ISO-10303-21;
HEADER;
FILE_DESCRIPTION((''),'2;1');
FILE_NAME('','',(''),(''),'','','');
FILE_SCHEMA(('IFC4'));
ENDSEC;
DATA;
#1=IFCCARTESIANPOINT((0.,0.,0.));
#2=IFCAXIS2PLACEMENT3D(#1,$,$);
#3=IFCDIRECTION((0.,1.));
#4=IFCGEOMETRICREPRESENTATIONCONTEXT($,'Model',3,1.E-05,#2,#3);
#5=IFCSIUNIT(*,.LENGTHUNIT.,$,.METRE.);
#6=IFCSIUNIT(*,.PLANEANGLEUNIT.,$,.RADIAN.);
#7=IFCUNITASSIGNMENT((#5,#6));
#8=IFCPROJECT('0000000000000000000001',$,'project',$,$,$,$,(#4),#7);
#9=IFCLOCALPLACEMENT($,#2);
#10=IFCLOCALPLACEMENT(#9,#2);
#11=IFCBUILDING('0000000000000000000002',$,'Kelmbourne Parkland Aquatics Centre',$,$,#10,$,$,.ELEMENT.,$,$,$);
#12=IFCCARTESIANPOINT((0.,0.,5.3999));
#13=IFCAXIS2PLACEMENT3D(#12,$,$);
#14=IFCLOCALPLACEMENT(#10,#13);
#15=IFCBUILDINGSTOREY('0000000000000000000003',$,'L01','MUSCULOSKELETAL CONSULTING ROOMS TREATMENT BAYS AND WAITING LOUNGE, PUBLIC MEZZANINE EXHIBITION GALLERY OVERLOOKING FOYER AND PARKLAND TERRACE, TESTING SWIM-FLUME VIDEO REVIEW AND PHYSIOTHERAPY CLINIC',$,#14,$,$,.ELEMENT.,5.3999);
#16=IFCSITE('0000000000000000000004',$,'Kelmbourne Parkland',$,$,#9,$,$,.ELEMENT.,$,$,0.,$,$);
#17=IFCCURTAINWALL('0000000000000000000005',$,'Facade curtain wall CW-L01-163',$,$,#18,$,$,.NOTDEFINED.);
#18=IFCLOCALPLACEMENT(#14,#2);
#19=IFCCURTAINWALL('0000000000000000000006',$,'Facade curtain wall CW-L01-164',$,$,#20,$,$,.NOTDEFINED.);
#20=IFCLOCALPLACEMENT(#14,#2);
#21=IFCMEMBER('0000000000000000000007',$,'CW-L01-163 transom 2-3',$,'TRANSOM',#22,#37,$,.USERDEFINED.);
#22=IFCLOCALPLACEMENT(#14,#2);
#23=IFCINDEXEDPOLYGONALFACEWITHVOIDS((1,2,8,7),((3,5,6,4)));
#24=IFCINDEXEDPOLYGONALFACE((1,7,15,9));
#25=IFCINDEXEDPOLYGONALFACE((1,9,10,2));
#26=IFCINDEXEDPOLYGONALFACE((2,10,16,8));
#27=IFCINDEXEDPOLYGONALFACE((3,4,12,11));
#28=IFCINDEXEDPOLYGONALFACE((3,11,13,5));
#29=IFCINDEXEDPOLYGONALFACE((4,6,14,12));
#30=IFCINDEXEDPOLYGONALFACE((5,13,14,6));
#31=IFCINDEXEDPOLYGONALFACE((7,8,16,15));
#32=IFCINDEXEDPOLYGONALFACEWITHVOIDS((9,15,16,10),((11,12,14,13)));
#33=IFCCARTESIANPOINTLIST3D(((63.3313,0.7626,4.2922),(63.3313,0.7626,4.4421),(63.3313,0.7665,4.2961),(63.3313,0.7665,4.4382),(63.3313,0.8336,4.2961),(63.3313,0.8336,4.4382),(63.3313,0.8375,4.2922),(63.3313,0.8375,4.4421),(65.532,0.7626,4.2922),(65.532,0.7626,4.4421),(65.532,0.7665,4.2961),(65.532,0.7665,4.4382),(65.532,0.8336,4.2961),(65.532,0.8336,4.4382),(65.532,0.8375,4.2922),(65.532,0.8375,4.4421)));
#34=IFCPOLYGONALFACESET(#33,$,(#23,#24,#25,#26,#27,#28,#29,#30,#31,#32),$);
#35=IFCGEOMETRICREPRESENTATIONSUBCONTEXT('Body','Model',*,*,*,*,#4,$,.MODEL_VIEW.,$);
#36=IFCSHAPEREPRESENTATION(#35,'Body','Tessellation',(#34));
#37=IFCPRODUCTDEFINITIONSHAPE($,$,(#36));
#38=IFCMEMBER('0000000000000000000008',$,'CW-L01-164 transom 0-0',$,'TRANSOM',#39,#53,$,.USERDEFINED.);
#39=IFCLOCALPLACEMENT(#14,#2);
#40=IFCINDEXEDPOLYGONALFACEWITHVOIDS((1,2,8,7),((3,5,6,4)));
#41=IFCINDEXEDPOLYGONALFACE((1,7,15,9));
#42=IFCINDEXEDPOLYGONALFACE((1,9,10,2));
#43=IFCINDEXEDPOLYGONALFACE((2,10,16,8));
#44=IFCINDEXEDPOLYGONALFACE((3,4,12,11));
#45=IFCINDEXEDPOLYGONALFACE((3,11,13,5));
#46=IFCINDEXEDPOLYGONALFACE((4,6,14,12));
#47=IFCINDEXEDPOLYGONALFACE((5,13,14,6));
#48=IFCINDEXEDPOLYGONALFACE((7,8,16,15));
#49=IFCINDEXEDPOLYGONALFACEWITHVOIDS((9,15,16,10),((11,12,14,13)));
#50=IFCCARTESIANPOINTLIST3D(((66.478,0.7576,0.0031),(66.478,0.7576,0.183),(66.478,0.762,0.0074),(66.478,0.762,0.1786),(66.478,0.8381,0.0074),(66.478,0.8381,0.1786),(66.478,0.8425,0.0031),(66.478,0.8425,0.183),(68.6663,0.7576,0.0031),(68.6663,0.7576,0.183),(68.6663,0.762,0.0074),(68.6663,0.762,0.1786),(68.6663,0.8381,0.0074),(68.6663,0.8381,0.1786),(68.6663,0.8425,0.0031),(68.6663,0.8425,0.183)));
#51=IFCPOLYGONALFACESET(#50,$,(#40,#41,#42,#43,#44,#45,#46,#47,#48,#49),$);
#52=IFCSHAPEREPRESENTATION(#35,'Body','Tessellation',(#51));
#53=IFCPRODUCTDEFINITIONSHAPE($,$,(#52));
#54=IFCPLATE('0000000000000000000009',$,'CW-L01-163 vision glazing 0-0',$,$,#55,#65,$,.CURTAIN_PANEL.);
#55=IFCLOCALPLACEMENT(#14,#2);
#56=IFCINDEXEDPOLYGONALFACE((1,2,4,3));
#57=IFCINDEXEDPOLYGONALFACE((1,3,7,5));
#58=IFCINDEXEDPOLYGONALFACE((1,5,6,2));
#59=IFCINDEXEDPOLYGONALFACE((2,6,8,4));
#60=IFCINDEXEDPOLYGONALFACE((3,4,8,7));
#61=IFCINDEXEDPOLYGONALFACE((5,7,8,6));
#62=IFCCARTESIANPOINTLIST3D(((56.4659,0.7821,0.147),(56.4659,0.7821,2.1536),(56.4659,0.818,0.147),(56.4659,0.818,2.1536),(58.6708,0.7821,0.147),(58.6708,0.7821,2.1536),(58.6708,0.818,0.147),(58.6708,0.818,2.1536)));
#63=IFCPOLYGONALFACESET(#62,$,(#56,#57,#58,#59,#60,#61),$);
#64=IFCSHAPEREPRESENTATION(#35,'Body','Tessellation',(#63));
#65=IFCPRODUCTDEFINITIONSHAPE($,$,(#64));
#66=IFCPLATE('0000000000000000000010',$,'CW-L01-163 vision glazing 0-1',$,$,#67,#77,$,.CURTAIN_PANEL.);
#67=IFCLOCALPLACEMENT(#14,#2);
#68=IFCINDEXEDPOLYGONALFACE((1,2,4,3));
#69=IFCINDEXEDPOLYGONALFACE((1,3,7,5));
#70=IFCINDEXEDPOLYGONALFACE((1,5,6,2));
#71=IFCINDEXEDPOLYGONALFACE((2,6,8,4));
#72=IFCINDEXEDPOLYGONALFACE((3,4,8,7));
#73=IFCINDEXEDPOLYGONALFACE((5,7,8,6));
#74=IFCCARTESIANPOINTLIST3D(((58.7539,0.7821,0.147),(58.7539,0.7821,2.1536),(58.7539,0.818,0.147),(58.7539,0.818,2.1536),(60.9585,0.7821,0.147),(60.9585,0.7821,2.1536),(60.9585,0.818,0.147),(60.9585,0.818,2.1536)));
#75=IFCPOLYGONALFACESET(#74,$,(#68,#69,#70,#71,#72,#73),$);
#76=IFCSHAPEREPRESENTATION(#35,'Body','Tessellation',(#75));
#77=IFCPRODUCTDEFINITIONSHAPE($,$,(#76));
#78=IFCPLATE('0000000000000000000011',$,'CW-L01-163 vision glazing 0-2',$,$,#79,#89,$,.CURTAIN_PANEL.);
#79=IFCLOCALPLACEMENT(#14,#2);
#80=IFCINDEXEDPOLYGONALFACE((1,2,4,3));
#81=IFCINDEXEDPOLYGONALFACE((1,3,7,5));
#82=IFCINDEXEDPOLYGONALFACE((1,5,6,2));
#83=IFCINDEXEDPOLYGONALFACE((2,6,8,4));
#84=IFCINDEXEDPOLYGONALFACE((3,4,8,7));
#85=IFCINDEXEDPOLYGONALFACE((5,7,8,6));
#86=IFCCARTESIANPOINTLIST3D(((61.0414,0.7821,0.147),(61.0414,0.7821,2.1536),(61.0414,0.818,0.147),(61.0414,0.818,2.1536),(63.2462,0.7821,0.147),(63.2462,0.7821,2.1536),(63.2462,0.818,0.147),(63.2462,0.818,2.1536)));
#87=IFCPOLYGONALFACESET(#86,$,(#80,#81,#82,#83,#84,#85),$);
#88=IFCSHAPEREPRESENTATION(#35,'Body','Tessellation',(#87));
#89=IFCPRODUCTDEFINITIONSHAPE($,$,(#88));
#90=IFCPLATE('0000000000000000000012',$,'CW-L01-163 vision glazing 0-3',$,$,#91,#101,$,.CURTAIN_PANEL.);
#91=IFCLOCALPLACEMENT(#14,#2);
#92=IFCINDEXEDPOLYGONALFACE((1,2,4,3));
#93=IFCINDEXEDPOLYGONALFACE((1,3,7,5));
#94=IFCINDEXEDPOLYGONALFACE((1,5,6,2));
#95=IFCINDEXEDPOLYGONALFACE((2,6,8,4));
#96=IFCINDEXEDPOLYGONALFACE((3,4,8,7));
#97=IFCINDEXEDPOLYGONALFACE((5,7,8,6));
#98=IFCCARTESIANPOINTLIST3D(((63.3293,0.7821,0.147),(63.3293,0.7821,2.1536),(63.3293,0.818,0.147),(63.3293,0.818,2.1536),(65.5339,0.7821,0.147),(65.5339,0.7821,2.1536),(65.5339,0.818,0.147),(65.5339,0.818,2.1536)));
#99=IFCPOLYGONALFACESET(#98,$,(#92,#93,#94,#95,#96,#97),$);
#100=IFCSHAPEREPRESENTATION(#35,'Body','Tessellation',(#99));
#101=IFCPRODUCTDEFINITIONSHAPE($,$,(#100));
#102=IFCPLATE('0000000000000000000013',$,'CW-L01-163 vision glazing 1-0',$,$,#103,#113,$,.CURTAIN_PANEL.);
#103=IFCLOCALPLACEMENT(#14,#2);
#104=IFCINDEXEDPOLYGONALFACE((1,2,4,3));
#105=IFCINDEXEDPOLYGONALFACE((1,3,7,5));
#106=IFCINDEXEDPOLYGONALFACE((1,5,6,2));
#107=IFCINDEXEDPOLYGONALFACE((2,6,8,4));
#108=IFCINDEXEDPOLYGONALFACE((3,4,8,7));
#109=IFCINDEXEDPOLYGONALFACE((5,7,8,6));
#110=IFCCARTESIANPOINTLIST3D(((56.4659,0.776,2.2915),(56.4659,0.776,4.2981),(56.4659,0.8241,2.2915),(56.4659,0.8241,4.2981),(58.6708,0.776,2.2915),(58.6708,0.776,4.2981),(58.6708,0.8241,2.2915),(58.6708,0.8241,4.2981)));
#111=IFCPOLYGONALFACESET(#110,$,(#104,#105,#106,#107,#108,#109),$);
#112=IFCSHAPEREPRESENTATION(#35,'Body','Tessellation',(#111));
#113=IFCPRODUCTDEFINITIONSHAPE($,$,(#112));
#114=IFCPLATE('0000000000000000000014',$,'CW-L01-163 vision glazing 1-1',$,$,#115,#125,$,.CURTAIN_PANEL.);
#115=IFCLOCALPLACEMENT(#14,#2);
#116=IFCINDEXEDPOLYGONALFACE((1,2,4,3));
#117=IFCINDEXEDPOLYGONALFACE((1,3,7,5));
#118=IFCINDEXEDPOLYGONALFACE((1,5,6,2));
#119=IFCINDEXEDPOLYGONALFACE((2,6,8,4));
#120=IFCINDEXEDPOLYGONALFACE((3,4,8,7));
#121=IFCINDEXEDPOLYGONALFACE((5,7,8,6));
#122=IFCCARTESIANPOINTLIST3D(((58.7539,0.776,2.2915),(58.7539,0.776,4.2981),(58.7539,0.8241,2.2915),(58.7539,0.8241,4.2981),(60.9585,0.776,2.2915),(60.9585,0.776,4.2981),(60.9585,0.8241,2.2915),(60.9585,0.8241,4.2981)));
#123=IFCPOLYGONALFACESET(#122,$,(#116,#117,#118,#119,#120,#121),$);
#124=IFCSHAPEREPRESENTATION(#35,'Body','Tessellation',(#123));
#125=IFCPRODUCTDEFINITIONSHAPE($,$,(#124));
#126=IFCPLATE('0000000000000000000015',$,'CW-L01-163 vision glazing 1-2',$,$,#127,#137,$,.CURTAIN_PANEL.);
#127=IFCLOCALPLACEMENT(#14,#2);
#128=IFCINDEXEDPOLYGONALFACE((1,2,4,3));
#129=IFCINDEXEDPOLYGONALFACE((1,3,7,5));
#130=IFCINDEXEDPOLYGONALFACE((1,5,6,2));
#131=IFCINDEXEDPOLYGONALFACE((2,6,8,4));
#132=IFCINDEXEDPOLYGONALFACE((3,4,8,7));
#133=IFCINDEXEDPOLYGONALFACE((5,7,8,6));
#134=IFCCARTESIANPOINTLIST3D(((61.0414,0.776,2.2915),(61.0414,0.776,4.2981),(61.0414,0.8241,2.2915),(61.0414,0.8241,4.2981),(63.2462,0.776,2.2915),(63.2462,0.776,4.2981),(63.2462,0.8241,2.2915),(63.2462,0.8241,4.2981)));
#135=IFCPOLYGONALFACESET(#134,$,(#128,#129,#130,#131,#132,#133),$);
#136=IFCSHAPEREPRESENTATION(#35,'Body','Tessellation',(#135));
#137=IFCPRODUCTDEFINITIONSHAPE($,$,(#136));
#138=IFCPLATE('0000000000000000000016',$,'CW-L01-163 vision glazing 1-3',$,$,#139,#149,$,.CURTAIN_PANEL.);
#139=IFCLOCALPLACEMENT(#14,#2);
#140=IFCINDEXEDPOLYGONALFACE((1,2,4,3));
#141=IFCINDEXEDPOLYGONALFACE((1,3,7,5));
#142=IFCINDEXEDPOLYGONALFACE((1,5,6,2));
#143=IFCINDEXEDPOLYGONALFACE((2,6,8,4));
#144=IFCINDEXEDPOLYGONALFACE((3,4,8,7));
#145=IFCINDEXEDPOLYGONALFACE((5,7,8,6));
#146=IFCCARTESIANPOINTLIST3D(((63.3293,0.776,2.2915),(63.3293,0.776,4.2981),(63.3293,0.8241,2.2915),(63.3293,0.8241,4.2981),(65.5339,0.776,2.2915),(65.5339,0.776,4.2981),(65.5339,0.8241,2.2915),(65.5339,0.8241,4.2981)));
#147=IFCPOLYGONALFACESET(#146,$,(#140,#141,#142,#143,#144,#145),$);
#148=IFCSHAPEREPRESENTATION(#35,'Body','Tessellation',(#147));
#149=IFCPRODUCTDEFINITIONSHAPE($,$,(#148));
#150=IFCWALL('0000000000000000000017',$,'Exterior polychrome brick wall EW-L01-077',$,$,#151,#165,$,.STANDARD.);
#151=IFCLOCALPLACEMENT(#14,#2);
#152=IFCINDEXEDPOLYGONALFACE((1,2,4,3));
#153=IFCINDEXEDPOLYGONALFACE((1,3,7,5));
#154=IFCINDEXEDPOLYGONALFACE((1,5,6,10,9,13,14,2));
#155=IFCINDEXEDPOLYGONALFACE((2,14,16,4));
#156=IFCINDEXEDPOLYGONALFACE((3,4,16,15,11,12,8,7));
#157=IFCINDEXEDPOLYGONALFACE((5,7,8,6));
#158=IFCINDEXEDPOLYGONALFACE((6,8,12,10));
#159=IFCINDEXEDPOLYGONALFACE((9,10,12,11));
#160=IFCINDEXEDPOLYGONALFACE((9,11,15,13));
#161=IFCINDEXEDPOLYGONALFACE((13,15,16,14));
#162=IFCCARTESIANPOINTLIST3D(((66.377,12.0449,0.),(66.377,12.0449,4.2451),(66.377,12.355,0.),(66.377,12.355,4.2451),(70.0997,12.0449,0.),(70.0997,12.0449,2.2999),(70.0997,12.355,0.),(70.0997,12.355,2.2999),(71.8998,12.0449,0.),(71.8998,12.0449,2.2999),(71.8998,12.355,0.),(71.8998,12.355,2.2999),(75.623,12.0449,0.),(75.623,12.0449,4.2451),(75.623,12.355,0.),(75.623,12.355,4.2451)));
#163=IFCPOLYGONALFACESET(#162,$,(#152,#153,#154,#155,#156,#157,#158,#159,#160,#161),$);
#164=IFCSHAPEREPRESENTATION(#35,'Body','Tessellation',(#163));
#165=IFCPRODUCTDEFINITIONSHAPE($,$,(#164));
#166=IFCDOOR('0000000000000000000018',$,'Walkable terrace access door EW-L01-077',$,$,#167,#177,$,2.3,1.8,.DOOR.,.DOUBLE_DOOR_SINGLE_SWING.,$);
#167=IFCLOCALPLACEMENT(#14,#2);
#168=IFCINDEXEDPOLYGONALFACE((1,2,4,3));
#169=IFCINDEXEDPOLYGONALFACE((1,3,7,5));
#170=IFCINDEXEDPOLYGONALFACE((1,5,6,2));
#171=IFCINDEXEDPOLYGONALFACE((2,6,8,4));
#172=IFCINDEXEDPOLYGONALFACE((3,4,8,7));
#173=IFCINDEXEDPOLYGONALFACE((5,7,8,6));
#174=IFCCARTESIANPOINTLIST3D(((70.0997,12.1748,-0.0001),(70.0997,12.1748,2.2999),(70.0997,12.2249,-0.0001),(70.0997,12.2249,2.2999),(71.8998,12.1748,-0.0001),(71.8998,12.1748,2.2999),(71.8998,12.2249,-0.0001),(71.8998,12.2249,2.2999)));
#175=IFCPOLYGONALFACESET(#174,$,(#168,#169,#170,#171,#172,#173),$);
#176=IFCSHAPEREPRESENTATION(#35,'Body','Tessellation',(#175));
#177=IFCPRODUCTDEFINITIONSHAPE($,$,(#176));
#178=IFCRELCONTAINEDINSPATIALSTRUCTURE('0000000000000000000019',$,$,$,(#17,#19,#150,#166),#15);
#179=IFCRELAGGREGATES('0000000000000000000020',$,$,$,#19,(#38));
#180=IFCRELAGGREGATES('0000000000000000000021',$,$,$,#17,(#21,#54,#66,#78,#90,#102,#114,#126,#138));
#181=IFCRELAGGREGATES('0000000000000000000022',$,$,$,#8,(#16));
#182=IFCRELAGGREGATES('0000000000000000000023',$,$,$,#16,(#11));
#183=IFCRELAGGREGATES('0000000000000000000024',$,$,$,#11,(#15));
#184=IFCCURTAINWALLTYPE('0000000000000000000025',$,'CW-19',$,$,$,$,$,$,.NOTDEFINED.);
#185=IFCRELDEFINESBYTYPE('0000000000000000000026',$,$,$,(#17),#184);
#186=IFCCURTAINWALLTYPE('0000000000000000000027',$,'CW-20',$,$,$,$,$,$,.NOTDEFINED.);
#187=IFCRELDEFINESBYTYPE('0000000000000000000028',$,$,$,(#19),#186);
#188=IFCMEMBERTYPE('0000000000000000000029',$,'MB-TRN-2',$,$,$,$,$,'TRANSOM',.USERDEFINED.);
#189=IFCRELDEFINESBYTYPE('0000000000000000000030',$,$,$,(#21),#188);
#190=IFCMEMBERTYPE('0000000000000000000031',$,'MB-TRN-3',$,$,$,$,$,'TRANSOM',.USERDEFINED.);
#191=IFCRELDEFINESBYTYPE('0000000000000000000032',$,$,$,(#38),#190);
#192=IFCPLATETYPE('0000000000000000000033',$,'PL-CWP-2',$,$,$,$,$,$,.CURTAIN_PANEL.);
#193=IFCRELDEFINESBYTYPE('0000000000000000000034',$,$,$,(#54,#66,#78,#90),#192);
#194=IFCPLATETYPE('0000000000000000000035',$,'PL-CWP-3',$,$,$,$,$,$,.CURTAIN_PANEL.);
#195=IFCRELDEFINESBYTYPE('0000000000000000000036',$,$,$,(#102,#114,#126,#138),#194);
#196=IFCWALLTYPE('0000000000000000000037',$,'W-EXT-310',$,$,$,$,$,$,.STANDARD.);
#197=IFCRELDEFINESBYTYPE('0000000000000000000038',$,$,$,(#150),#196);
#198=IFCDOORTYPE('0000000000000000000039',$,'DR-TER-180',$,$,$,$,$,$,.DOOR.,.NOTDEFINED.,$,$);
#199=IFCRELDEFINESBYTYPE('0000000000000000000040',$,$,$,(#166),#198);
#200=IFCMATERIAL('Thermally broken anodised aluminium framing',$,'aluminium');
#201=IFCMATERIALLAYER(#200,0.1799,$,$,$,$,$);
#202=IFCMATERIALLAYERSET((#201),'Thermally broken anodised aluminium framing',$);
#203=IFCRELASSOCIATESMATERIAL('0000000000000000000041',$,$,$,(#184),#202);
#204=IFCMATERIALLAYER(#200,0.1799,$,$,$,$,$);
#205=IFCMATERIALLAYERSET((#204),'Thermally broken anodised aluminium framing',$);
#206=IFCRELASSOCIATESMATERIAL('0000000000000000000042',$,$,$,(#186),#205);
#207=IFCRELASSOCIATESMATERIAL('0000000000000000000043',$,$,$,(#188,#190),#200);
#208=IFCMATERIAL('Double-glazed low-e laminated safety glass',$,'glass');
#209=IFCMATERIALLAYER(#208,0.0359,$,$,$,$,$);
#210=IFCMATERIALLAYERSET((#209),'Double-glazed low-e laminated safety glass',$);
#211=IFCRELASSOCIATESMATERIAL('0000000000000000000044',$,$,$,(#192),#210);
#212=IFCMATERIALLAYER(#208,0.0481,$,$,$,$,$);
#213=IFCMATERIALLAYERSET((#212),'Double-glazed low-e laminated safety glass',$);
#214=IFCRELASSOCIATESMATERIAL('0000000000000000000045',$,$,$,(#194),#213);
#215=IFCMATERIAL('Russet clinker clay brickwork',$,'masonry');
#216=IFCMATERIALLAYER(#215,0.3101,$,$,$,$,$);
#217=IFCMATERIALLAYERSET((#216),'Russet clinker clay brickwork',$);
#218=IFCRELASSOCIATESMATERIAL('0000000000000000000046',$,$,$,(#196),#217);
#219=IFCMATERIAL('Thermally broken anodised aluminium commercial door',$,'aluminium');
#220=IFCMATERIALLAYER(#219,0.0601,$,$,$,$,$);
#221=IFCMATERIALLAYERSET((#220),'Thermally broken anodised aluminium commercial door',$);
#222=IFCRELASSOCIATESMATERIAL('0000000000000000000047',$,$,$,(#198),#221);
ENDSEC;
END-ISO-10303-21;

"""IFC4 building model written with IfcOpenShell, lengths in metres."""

from ifc_helpers import new_model, si_unit, direction, frame, frame_2d, origin, origin_2d, place, context, subcontext, project, spatial, rectangle, hollow_rectangle, extrude, material, layer, layer_set, material_profile, profile_set, type_object, element, fill, aggregate, save


model = new_model("IFC4")

# Units and contexts
model_context = context("Model", 3, precision=1e-05, world=origin(), true_north=direction((0.0, 1.0)))
body_context = subcontext(model_context, "Body", "Model", "MODEL_VIEW")
ifc_project = project(units=[si_unit("LENGTHUNIT", "METRE"), si_unit("PLANEANGLEUNIT", "RADIAN")], contexts=[model_context])

# Site, building, storey
site_placement = place(None, origin())
site = spatial("IfcSite", under=ifc_project, at=site_placement, Name="Kelmbourne Parkland", CompositionType="ELEMENT", RefElevation=0.0)
building_placement = place(site_placement, origin())
building = spatial("IfcBuilding", under=site, at=building_placement, Name="Kelmbourne Parkland Aquatics Centre", CompositionType="ELEMENT")
storey_placement = place(building_placement, frame((0.0, 0.0, 5.3999)))
storey = spatial("IfcBuildingStorey", under=building, at=storey_placement, Name="L01", Description="MUSCULOSKELETAL CONSULTING ROOMS TREATMENT BAYS AND WAITING LOUNGE, PUBLIC MEZZANINE EXHIBITION GALLERY OVERLOOKING FOYER AND PARKLAND TERRACE, TESTING SWIM-FLUME VIDEO REVIEW AND PHYSIOTHERAPY CLINIC", CompositionType="ELEMENT", Elevation=5.3999)

# Curtain wall
ifc_material_1 = material(Name="Thermally broken anodised aluminium framing", Category="aluminium")
ifc_layer_1 = layer(ifc_material_1, 0.1799)
ifc_layer_set_1 = layer_set([ifc_layer_1], Name="Thermally broken anodised aluminium framing")
curtain_wall_type_1 = type_object("IfcCurtainWallType", Name="CW-19", PredefinedType="NOTDEFINED", material=ifc_layer_set_1)
curtain_wall_1_placement = place(storey_placement, origin())
curtain_wall_1 = element("IfcCurtainWall", 1, at=curtain_wall_1_placement, inside=storey, type_object=curtain_wall_type_1, Name="Facade curtain wall CW-L01-163", PredefinedType="NOTDEFINED")

# Curtain wall
ifc_layer_2 = layer(ifc_material_1, 0.1799)
ifc_layer_set_2 = layer_set([ifc_layer_2], Name="Thermally broken anodised aluminium framing")
curtain_wall_type_2 = type_object("IfcCurtainWallType", Name="CW-20", PredefinedType="NOTDEFINED", material=ifc_layer_set_2)
curtain_wall_2_placement = place(storey_placement, origin())
curtain_wall_2 = element("IfcCurtainWall", 2, at=curtain_wall_2_placement, inside=storey, type_object=curtain_wall_type_2, Name="Facade curtain wall CW-L01-164", PredefinedType="NOTDEFINED")

# Members
ifc_material_profile_1 = material_profile(ifc_material_1, hollow_rectangle(XDim=0.075, YDim=0.1499, WallThickness=0.0039, at=origin_2d()), Name="CW-T 75x150")
ifc_profile_set_1 = profile_set([ifc_material_profile_1], Name="Thermally broken anodised aluminium framing")
member_type_1 = type_object("IfcMemberType", Name="MB-TRN-2", ElementType="TRANSOM", PredefinedType="USERDEFINED", material=ifc_profile_set_1)
member_1_placement = place(storey_placement, frame((63.3313, 0.8, 4.3672), z_axis=(1.0, 0.0, 0.0), x_axis=(0.0, 1.0, 0.0)))
member_1 = element("IfcMember", 3, at=member_1_placement, type_object=member_type_1, Name="CW-L01-163 transom 2-3", ObjectType="TRANSOM", PredefinedType="USERDEFINED", context=body_context, shape_type="SweptSolid", body=[
    extrude(hollow_rectangle(XDim=0.075, YDim=0.1499, WallThickness=0.0039, at=origin_2d()), origin(), (0.0, 0.0, 1.0), 2.2007),
])
ifc_material_profile_2 = material_profile(ifc_material_1, hollow_rectangle(XDim=0.085, YDim=0.1799, WallThickness=0.0044, at=origin_2d()), Name="CW-T 85x180")
ifc_profile_set_2 = profile_set([ifc_material_profile_2], Name="Thermally broken anodised aluminium framing")
member_type_2 = type_object("IfcMemberType", Name="MB-TRN-3", ElementType="TRANSOM", PredefinedType="USERDEFINED", material=ifc_profile_set_2)
member_2_placement = place(storey_placement, frame((66.478, 0.8, 0.093), z_axis=(1.0, 0.0, 0.0), x_axis=(0.0, 1.0, 0.0)))
member_2 = element("IfcMember", 4, at=member_2_placement, type_object=member_type_2, Name="CW-L01-164 transom 0-0", ObjectType="TRANSOM", PredefinedType="USERDEFINED", context=body_context, shape_type="SweptSolid", body=[
    extrude(hollow_rectangle(XDim=0.085, YDim=0.1799, WallThickness=0.0044, at=origin_2d()), origin(), (0.0, 0.0, 1.0), 2.1882),
])
aggregate(curtain_wall_2, [member_2])

# Plates
ifc_material_2 = material(Name="Double-glazed low-e laminated safety glass", Category="glass")
ifc_layer_3 = layer(ifc_material_2, 0.0359)
ifc_layer_set_3 = layer_set([ifc_layer_3], Name="Double-glazed low-e laminated safety glass")
plate_type_1 = type_object("IfcPlateType", Name="PL-CWP-2", PredefinedType="CURTAIN_PANEL", material=ifc_layer_set_3)
plate_1_placement = place(storey_placement, frame((57.5684, 0.8, 0.147), z_axis=(0.0, 0.0, 1.0), x_axis=(1.0, 0.0, 0.0)))
plate_1 = element("IfcPlate", 5, at=plate_1_placement, type_object=plate_type_1, Name="CW-L01-163 vision glazing 0-0", PredefinedType="CURTAIN_PANEL", context=body_context, shape_type="SweptSolid", body=[
    extrude(rectangle(XDim=2.2048, YDim=0.0359, at=origin_2d()), origin(), (0.0, 0.0, 1.0), 2.0066),
])
plate_2_placement = place(storey_placement, frame((59.8562, 0.8, 0.147), z_axis=(0.0, 0.0, 1.0), x_axis=(1.0, 0.0, 0.0)))
plate_2 = element("IfcPlate", 6, at=plate_2_placement, type_object=plate_type_1, Name="CW-L01-163 vision glazing 0-1", PredefinedType="CURTAIN_PANEL", context=body_context, shape_type="SweptSolid", body=[
    extrude(rectangle(XDim=2.2046, YDim=0.0359, at=origin_2d()), origin(), (0.0, 0.0, 1.0), 2.0066),
])
plate_3_placement = place(storey_placement, frame((62.1438, 0.8, 0.147), z_axis=(0.0, 0.0, 1.0), x_axis=(1.0, 0.0, 0.0)))
plate_3 = element("IfcPlate", 7, at=plate_3_placement, type_object=plate_type_1, Name="CW-L01-163 vision glazing 0-2", PredefinedType="CURTAIN_PANEL", context=body_context, shape_type="SweptSolid", body=[
    extrude(rectangle(XDim=2.2048, YDim=0.0359, at=origin_2d()), origin(), (0.0, 0.0, 1.0), 2.0066),
])
plate_4_placement = place(storey_placement, frame((64.4316, 0.8, 0.147), z_axis=(0.0, 0.0, 1.0), x_axis=(1.0, 0.0, 0.0)))
plate_4 = element("IfcPlate", 8, at=plate_4_placement, type_object=plate_type_1, Name="CW-L01-163 vision glazing 0-3", PredefinedType="CURTAIN_PANEL", context=body_context, shape_type="SweptSolid", body=[
    extrude(rectangle(XDim=2.2046, YDim=0.0359, at=origin_2d()), origin(), (0.0, 0.0, 1.0), 2.0066),
])
ifc_layer_4 = layer(ifc_material_2, 0.0481)
ifc_layer_set_4 = layer_set([ifc_layer_4], Name="Double-glazed low-e laminated safety glass")
plate_type_2 = type_object("IfcPlateType", Name="PL-CWP-3", PredefinedType="CURTAIN_PANEL", material=ifc_layer_set_4)
plate_5_placement = place(storey_placement, frame((57.5684, 0.8, 2.2915), z_axis=(0.0, 0.0, 1.0), x_axis=(1.0, 0.0, 0.0)))
plate_5 = element("IfcPlate", 9, at=plate_5_placement, type_object=plate_type_2, Name="CW-L01-163 vision glazing 1-0", PredefinedType="CURTAIN_PANEL", context=body_context, shape_type="SweptSolid", body=[
    extrude(rectangle(XDim=2.2048, YDim=0.0481, at=origin_2d()), origin(), (0.0, 0.0, 1.0), 2.0066),
])
plate_6_placement = place(storey_placement, frame((59.8562, 0.8, 2.2915), z_axis=(0.0, 0.0, 1.0), x_axis=(1.0, 0.0, 0.0)))
plate_6 = element("IfcPlate", 10, at=plate_6_placement, type_object=plate_type_2, Name="CW-L01-163 vision glazing 1-1", PredefinedType="CURTAIN_PANEL", context=body_context, shape_type="SweptSolid", body=[
    extrude(rectangle(XDim=2.2046, YDim=0.0481, at=origin_2d()), origin(), (0.0, 0.0, 1.0), 2.0066),
])
plate_7_placement = place(storey_placement, frame((62.1438, 0.8, 2.2915), z_axis=(0.0, 0.0, 1.0), x_axis=(1.0, 0.0, 0.0)))
plate_7 = element("IfcPlate", 11, at=plate_7_placement, type_object=plate_type_2, Name="CW-L01-163 vision glazing 1-2", PredefinedType="CURTAIN_PANEL", context=body_context, shape_type="SweptSolid", body=[
    extrude(rectangle(XDim=2.2048, YDim=0.0481, at=origin_2d()), origin(), (0.0, 0.0, 1.0), 2.0066),
])
plate_8_placement = place(storey_placement, frame((64.4316, 0.8, 2.2915), z_axis=(0.0, 0.0, 1.0), x_axis=(1.0, 0.0, 0.0)))
plate_8 = element("IfcPlate", 12, at=plate_8_placement, type_object=plate_type_2, Name="CW-L01-163 vision glazing 1-3", PredefinedType="CURTAIN_PANEL", context=body_context, shape_type="SweptSolid", body=[
    extrude(rectangle(XDim=2.2046, YDim=0.0481, at=origin_2d()), origin(), (0.0, 0.0, 1.0), 2.0066),
])
aggregate(curtain_wall_1, [member_1, plate_1, plate_2, plate_3, plate_4, plate_5, plate_6, plate_7, plate_8])

# Wall, opening, door
ifc_material_3 = material(Name="Russet clinker clay brickwork", Category="masonry")
ifc_layer_5 = layer(ifc_material_3, 0.3101)
ifc_layer_set_5 = layer_set([ifc_layer_5], Name="Russet clinker clay brickwork")
wall_type_1 = type_object("IfcWallType", Name="W-EXT-310", PredefinedType="STANDARD", material=ifc_layer_set_5)
wall_1_placement = place(storey_placement, frame((66.377, 12.2, 0.0), z_axis=(0.0, 0.0, 1.0), x_axis=(1.0, 0.0, 0.0)))
wall_1 = element("IfcWall", 13, at=wall_1_placement, inside=storey, type_object=wall_type_1, Name="Exterior polychrome brick wall EW-L01-077", PredefinedType="STANDARD", context=body_context, shape_type="SweptSolid", body=[
    extrude(rectangle(XDim=9.2461, YDim=0.3101, at=frame_2d((4.623, 0.0))), origin(), (0.0, 0.0, 1.0), 4.2451),
])
opening_1_placement = place(wall_1_placement, frame((3.7229, 0.0, 0.0)))
opening_1 = element("IfcOpeningElement", 14, at=opening_1_placement, cuts=wall_1, PredefinedType="OPENING", context=body_context, shape_type="SweptSolid", body=[
    extrude(rectangle(XDim=1.8, YDim=2.3, at=frame_2d((0.8999, 1.1499))), frame((0.0, 0.167, 0.0), z_axis=(0.0, -1.0, 0.0), x_axis=(1.0, 0.0, 0.0)), (0.0, 0.0, 1.0), 0.334),
])
ifc_material_4 = material(Name="Thermally broken anodised aluminium commercial door", Category="aluminium")
ifc_layer_6 = layer(ifc_material_4, 0.0601)
ifc_layer_set_6 = layer_set([ifc_layer_6], Name="Thermally broken anodised aluminium commercial door")
door_type = type_object("IfcDoorType", Name="DR-TER-180", OperationType="NOTDEFINED", PredefinedType="DOOR", material=ifc_layer_set_6)
door_placement = place(opening_1_placement, origin())
door = element("IfcDoor", 15, at=door_placement, inside=storey, type_object=door_type, Name="Walkable terrace access door EW-L01-077", OperationType="DOUBLE_DOOR_SINGLE_SWING", OverallHeight=2.3, OverallWidth=1.8, PredefinedType="DOOR", context=body_context, shape_type="SweptSolid", body=[
    extrude(rectangle(XDim=1.8, YDim=2.3, at=frame_2d((0.8999, 1.1499))), frame((0.0, 0.0249, 0.0), z_axis=(0.0, -1.0, 0.0), x_axis=(1.0, 0.0, 0.0)), (0.0, 0.0, 1.0), 0.05),
])
fill(opening_1, door)

save(model, "model.ifc")
